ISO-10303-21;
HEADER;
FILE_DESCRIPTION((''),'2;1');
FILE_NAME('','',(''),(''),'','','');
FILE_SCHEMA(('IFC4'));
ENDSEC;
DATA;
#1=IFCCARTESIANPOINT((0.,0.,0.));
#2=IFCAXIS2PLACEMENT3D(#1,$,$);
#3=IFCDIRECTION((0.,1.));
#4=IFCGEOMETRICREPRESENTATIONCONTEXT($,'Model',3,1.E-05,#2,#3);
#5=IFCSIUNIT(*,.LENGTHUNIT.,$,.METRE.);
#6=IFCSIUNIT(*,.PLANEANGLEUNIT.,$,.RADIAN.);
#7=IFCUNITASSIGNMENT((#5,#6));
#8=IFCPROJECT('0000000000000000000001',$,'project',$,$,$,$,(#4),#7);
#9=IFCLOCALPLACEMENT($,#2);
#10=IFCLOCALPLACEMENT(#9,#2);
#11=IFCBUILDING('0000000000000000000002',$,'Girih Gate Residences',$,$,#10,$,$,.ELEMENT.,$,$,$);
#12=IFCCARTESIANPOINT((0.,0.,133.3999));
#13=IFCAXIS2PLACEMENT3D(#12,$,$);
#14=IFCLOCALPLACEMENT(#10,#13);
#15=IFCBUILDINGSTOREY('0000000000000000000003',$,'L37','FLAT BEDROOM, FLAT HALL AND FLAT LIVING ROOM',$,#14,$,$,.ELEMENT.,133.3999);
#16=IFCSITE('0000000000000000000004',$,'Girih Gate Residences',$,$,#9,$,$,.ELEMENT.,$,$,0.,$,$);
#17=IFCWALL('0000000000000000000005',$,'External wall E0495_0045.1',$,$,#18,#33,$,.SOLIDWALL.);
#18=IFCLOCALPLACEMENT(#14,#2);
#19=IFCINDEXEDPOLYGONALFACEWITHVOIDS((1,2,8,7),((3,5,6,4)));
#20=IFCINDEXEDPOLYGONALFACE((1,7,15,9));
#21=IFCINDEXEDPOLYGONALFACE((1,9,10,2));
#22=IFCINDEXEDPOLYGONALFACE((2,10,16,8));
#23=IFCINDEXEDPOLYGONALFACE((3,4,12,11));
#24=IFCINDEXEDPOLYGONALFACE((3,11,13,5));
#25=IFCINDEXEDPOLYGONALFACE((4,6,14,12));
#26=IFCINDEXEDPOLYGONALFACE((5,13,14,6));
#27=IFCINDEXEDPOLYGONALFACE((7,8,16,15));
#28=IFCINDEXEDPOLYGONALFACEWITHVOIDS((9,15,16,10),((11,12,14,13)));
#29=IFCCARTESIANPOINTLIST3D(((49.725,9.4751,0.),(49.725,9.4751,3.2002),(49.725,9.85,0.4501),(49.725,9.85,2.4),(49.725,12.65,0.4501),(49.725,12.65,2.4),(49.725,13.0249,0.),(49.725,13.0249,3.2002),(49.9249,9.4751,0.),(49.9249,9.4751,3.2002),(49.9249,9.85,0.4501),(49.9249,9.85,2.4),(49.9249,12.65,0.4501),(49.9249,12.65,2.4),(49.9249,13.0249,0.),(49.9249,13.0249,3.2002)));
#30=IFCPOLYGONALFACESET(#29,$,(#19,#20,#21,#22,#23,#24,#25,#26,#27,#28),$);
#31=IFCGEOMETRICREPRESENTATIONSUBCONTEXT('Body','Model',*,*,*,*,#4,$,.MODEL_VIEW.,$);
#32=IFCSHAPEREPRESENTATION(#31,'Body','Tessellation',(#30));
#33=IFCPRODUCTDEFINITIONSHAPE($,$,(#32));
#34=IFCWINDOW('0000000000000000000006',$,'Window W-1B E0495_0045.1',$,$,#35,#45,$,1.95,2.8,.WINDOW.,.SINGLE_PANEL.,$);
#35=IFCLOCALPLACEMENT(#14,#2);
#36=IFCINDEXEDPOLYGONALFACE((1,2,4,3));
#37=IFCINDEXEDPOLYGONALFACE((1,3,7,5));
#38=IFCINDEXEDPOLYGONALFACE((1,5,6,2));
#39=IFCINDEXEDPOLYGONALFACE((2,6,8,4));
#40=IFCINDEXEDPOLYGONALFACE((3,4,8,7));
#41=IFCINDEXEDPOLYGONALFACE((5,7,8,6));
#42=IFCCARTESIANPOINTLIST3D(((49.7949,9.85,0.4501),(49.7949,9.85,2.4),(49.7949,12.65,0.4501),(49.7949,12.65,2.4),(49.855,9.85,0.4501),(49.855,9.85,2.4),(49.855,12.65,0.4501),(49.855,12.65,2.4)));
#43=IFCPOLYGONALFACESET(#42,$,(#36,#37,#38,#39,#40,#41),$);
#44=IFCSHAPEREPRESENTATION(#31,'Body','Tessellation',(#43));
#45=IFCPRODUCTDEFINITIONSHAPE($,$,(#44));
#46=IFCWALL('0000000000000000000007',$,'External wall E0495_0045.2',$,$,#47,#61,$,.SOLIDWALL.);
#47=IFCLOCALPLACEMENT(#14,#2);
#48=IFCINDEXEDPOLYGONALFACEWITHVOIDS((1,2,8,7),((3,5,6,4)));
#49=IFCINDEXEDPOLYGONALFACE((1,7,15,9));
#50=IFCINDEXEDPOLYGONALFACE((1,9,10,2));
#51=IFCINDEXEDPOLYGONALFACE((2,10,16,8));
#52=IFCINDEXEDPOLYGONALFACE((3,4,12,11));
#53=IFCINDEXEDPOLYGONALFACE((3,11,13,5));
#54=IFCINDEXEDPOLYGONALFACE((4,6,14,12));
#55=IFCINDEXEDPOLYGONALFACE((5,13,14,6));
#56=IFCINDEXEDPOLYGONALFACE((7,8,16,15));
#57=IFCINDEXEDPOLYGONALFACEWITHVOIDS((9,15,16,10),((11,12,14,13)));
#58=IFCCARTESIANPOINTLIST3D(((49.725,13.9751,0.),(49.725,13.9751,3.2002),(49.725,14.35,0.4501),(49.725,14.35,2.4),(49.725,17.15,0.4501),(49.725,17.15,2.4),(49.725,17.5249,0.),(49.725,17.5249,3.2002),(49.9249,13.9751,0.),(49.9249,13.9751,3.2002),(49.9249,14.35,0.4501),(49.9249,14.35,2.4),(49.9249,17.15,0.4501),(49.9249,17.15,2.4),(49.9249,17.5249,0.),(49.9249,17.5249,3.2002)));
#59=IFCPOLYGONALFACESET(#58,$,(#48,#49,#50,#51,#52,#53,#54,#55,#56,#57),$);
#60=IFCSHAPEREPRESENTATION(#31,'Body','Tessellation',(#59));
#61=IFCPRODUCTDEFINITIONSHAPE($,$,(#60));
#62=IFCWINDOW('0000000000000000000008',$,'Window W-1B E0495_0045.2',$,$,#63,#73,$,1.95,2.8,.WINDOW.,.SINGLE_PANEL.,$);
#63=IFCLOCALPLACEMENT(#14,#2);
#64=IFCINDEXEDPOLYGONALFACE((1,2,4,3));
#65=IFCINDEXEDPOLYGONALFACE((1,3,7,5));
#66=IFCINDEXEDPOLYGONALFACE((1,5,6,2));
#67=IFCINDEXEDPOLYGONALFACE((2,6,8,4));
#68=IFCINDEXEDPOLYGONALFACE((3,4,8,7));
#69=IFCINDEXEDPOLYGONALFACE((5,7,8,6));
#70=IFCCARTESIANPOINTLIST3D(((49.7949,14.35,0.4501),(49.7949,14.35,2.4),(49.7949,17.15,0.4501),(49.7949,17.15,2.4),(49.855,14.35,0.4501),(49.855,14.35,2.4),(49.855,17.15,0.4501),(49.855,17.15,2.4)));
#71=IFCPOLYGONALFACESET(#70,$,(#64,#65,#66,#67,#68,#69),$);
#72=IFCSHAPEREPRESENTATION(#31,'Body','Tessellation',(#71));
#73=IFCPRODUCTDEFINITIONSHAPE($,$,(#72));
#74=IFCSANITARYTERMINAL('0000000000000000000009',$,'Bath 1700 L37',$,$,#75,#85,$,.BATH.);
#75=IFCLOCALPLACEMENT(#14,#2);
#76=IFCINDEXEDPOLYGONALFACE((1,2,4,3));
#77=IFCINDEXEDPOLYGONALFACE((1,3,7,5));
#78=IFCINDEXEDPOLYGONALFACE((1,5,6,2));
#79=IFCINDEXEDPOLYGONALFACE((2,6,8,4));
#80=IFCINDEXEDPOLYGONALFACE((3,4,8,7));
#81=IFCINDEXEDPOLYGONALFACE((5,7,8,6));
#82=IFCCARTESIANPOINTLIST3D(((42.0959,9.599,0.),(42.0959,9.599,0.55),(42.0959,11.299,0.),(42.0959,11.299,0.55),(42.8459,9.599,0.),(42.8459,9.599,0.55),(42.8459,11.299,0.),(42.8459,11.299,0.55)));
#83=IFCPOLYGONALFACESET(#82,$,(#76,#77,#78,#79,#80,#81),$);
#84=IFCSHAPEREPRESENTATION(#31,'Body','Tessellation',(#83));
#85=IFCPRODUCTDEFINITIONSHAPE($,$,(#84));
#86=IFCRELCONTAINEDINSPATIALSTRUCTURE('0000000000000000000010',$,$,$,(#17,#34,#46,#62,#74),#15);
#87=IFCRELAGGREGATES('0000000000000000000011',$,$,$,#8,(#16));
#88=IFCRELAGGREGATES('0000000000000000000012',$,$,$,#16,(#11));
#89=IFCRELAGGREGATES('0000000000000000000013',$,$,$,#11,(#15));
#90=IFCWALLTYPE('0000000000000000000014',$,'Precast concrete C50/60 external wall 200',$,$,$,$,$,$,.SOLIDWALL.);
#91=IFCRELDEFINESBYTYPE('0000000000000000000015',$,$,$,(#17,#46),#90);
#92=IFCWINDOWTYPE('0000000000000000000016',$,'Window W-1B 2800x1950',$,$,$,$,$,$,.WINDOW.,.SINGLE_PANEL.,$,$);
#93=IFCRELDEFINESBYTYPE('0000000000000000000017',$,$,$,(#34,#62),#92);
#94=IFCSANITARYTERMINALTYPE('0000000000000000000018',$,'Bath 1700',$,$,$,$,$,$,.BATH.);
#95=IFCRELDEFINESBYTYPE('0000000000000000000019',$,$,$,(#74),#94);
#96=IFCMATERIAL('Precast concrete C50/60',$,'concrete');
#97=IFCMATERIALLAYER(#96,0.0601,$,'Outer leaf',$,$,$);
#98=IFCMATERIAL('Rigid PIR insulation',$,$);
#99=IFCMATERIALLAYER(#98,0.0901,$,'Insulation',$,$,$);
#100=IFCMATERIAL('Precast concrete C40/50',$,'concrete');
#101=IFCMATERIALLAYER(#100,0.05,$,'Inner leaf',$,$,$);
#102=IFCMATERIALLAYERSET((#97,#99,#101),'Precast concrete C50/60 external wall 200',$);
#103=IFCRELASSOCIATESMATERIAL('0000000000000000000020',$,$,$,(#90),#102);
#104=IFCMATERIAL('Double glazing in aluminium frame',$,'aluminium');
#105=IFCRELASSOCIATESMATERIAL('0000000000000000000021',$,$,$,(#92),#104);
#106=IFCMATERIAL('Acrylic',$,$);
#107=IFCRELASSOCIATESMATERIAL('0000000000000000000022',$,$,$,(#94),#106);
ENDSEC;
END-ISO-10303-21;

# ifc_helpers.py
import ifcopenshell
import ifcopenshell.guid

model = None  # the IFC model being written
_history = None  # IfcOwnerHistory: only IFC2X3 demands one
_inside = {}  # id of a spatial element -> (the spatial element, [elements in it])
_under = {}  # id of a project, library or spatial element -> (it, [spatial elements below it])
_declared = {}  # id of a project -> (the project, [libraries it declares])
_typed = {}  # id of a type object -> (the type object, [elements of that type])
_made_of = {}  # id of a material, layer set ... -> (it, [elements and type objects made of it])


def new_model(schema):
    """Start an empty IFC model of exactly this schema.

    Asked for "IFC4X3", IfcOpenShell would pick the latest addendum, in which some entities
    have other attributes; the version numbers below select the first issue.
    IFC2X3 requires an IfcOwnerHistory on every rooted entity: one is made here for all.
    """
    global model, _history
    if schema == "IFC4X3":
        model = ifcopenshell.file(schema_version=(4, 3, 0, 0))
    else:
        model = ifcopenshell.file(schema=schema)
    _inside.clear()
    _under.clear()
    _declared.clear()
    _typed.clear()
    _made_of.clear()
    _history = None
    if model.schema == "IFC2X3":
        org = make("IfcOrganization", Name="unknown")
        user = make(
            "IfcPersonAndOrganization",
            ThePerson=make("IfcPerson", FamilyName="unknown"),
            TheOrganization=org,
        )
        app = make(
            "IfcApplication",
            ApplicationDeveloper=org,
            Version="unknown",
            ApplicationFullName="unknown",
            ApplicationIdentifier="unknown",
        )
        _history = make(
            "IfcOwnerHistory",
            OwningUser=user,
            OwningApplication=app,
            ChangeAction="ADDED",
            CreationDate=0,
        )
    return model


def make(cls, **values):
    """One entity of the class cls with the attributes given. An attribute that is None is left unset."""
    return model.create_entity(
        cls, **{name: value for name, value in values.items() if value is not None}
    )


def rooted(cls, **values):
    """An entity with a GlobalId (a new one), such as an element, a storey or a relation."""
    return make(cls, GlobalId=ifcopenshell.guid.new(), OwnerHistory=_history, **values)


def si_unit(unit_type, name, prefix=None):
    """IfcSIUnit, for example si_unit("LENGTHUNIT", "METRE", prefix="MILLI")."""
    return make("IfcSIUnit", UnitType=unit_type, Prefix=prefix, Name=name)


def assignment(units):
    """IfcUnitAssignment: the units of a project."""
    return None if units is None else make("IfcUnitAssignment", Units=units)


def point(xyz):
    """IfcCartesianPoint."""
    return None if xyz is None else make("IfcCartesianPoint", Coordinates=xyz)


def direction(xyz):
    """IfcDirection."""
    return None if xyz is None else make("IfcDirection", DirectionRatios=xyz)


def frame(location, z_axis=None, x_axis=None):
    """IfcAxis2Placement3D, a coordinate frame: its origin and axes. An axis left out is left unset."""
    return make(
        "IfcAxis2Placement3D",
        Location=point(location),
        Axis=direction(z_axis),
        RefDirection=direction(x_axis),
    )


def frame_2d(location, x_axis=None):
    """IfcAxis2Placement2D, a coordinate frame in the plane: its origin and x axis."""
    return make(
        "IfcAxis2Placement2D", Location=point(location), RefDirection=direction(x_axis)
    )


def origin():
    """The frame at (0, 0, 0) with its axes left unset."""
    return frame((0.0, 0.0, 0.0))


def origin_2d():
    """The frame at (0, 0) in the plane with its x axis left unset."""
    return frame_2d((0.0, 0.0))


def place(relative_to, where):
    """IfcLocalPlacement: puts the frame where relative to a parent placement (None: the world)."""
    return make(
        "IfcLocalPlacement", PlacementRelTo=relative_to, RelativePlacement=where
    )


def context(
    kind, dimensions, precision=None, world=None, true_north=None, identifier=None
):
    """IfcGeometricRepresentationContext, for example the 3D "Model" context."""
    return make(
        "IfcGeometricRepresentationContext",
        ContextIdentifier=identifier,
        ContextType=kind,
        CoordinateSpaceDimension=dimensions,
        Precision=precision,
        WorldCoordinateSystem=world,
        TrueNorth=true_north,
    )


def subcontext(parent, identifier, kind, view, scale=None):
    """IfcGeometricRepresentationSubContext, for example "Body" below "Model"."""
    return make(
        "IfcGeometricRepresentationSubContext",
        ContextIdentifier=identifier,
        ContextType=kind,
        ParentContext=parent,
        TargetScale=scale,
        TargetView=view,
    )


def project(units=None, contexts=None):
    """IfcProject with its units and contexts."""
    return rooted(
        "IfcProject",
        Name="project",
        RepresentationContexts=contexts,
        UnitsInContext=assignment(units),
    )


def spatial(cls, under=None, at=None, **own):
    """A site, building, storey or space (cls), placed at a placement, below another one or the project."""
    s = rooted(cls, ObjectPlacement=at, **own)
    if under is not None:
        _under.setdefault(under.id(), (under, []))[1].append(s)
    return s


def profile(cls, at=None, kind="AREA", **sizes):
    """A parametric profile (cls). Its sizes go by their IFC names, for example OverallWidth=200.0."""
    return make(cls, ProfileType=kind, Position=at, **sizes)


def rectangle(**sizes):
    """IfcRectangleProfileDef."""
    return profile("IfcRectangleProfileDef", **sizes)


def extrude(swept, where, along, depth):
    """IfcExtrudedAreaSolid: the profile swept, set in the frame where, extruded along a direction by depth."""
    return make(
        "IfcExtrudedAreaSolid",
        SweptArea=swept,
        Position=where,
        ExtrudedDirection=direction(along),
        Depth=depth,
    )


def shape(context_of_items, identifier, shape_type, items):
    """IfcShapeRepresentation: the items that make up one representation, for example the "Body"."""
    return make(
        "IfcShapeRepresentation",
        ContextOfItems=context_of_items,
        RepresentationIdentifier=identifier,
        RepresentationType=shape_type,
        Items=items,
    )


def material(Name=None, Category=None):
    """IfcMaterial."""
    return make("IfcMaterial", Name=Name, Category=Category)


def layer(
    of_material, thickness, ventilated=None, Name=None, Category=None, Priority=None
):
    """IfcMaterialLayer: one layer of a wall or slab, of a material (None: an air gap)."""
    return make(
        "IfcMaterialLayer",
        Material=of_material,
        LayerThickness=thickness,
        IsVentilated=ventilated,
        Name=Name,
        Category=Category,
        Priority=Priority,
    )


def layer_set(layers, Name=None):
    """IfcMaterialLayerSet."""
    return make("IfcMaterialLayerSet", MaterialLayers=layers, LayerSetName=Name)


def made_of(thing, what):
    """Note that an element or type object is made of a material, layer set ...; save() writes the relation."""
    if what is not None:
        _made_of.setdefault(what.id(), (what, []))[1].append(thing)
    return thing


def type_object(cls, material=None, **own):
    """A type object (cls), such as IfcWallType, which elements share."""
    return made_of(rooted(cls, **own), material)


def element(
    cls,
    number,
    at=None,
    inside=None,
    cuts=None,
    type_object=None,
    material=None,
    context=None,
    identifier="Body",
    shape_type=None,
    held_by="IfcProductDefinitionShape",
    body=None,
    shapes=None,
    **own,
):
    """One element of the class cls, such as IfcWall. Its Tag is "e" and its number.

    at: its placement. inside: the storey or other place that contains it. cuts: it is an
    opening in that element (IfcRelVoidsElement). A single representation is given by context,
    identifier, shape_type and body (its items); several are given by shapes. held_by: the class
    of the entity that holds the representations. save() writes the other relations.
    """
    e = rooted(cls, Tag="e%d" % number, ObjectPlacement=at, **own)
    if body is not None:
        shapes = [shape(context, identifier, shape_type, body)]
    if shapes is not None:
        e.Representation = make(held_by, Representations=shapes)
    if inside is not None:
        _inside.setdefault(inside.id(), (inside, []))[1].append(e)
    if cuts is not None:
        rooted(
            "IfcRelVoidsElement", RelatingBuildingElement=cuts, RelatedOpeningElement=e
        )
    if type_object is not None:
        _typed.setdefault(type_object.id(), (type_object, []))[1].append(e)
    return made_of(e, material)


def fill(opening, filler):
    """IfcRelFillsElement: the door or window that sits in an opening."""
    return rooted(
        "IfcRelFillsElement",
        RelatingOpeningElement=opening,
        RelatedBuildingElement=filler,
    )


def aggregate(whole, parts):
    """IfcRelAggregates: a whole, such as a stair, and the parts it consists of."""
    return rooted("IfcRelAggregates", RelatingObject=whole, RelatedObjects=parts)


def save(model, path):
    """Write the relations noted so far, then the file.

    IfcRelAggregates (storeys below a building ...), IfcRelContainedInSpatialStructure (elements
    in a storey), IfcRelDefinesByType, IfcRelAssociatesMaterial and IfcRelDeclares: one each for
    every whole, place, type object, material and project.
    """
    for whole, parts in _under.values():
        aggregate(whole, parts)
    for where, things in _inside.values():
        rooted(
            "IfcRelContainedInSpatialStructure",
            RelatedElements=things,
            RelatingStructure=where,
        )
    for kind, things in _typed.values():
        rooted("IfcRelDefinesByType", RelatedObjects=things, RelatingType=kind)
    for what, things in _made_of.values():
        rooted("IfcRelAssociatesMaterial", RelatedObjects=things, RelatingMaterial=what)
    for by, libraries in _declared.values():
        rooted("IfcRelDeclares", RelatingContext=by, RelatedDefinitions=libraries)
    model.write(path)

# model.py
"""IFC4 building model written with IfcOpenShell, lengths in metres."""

from ifc_helpers import new_model, si_unit, direction, frame, frame_2d, origin, origin_2d, place, context, subcontext, project, spatial, rectangle, extrude, material, layer, layer_set, type_object, element, fill, save


model = new_model("IFC4")

# Units and contexts
model_context = context("Model", 3, precision=1e-05, world=origin(), true_north=direction((0.0, 1.0)))
body_context = subcontext(model_context, "Body", "Model", "MODEL_VIEW")
ifc_project = project(units=[si_unit("LENGTHUNIT", "METRE"), si_unit("PLANEANGLEUNIT", "RADIAN")], contexts=[model_context])

# Site, building, storey
site_placement = place(None, origin())
site = spatial("IfcSite", under=ifc_project, at=site_placement, Name="Girih Gate Residences", CompositionType="ELEMENT", RefElevation=0.0)
building_placement = place(site_placement, origin())
building = spatial("IfcBuilding", under=site, at=building_placement, Name="Girih Gate Residences", CompositionType="ELEMENT")
storey_placement = place(building_placement, frame((0.0, 0.0, 133.3999)))
storey = spatial("IfcBuildingStorey", under=building, at=storey_placement, Name="L37", Description="FLAT BEDROOM, FLAT HALL AND FLAT LIVING ROOM", CompositionType="ELEMENT", Elevation=133.3999)

# Walls, openings, windows
ifc_material_1 = material(Name="Precast concrete C50/60", Category="concrete")
ifc_layer_1 = layer(ifc_material_1, 0.0601, Name="Outer leaf")
ifc_material_2 = material(Name="Rigid PIR insulation")
ifc_layer_2 = layer(ifc_material_2, 0.0901, Name="Insulation")
ifc_material_3 = material(Name="Precast concrete C40/50", Category="concrete")
ifc_layer_3 = layer(ifc_material_3, 0.05, Name="Inner leaf")
ifc_layer_set_1 = layer_set([ifc_layer_1, ifc_layer_2, ifc_layer_3], Name="Precast concrete C50/60 external wall 200")
wall_type_1 = type_object("IfcWallType", Name="Precast concrete C50/60 external wall 200", PredefinedType="SOLIDWALL", material=ifc_layer_set_1)
wall_1_placement = place(storey_placement, frame((49.825, 13.0249, 0.0), z_axis=(0.0, 0.0, 1.0), x_axis=(0.0, -1.0, 0.0)))
wall_1 = element("IfcWall", 1, at=wall_1_placement, inside=storey, type_object=wall_type_1, Name="External wall E0495_0045.1", PredefinedType="SOLIDWALL", context=body_context, shape_type="SweptSolid", body=[
    extrude(rectangle(XDim=3.5498, YDim=0.2, at=frame_2d((1.7749, 0.0))), origin(), (0.0, 0.0, 1.0), 3.2002),
])
opening_1_placement = place(wall_1_placement, frame((0.375, 0.0, 0.45)))
opening_1 = element("IfcOpeningElement", 2, at=opening_1_placement, cuts=wall_1, PredefinedType="OPENING", context=body_context, shape_type="SweptSolid", body=[
    extrude(rectangle(XDim=2.8, YDim=1.95, at=frame_2d((1.3999, 0.9751))), frame((0.0, 0.1099, 0.0), z_axis=(0.0, -1.0, 0.0), x_axis=(1.0, 0.0, 0.0)), (0.0, 0.0, 1.0), 0.22),
])
ifc_material_4 = material(Name="Double glazing in aluminium frame", Category="aluminium")
window_type = type_object("IfcWindowType", Name="Window W-1B 2800x1950", PartitioningType="SINGLE_PANEL", PredefinedType="WINDOW", material=ifc_material_4)
window_1_placement = place(opening_1_placement, origin())
window_1 = element("IfcWindow", 3, at=window_1_placement, inside=storey, type_object=window_type, Name="Window W-1B E0495_0045.1", OverallHeight=1.95, OverallWidth=2.8, PartitioningType="SINGLE_PANEL", PredefinedType="WINDOW", context=body_context, shape_type="SweptSolid", body=[
    extrude(rectangle(XDim=2.8, YDim=1.95, at=frame_2d((1.3999, 0.9751))), frame((0.0, 0.03, 0.0), z_axis=(0.0, -1.0, 0.0), x_axis=(1.0, 0.0, 0.0)), (0.0, 0.0, 1.0), 0.0601),
])
fill(opening_1, window_1)
wall_2_placement = place(storey_placement, frame((49.825, 17.5249, 0.0), z_axis=(0.0, 0.0, 1.0), x_axis=(0.0, -1.0, 0.0)))
wall_2 = element("IfcWall", 4, at=wall_2_placement, inside=storey, type_object=wall_type_1, Name="External wall E0495_0045.2", PredefinedType="SOLIDWALL", context=body_context, shape_type="SweptSolid", body=[
    extrude(rectangle(XDim=3.5498, YDim=0.2, at=frame_2d((1.7749, 0.0))), origin(), (0.0, 0.0, 1.0), 3.2002),
])
opening_2_placement = place(wall_2_placement, frame((0.375, 0.0, 0.45)))
opening_2 = element("IfcOpeningElement", 5, at=opening_2_placement, cuts=wall_2, PredefinedType="OPENING", context=body_context, shape_type="SweptSolid", body=[
    extrude(rectangle(XDim=2.8, YDim=1.95, at=frame_2d((1.3999, 0.9751))), frame((0.0, 0.1099, 0.0), z_axis=(0.0, -1.0, 0.0), x_axis=(1.0, 0.0, 0.0)), (0.0, 0.0, 1.0), 0.22),
])
window_2_placement = place(opening_2_placement, origin())
window_2 = element("IfcWindow", 6, at=window_2_placement, inside=storey, type_object=window_type, Name="Window W-1B E0495_0045.2", OverallHeight=1.95, OverallWidth=2.8, PartitioningType="SINGLE_PANEL", PredefinedType="WINDOW", context=body_context, shape_type="SweptSolid", body=[
    extrude(rectangle(XDim=2.8, YDim=1.95, at=frame_2d((1.3999, 0.9751))), frame((0.0, 0.03, 0.0), z_axis=(0.0, -1.0, 0.0), x_axis=(1.0, 0.0, 0.0)), (0.0, 0.0, 1.0), 0.0601),
])
fill(opening_2, window_2)

# Sanitary terminal
ifc_material_5 = material(Name="Acrylic")
sanitary_terminal_type = type_object("IfcSanitaryTerminalType", Name="Bath 1700", PredefinedType="BATH", material=ifc_material_5)
sanitary_terminal_placement = place(storey_placement, frame((42.4709, 10.449, 0.0), z_axis=(0.0, 0.0, 1.0), x_axis=(1.0, 0.0, 0.0)))
element("IfcSanitaryTerminal", 7, at=sanitary_terminal_placement, inside=storey, type_object=sanitary_terminal_type, Name="Bath 1700 L37", PredefinedType="BATH", context=body_context, shape_type="SweptSolid", body=[
    extrude(rectangle(XDim=0.75, YDim=1.7, at=origin_2d()), origin(), (0.0, 0.0, 1.0), 0.55),
])

save(model, "model.ifc")
